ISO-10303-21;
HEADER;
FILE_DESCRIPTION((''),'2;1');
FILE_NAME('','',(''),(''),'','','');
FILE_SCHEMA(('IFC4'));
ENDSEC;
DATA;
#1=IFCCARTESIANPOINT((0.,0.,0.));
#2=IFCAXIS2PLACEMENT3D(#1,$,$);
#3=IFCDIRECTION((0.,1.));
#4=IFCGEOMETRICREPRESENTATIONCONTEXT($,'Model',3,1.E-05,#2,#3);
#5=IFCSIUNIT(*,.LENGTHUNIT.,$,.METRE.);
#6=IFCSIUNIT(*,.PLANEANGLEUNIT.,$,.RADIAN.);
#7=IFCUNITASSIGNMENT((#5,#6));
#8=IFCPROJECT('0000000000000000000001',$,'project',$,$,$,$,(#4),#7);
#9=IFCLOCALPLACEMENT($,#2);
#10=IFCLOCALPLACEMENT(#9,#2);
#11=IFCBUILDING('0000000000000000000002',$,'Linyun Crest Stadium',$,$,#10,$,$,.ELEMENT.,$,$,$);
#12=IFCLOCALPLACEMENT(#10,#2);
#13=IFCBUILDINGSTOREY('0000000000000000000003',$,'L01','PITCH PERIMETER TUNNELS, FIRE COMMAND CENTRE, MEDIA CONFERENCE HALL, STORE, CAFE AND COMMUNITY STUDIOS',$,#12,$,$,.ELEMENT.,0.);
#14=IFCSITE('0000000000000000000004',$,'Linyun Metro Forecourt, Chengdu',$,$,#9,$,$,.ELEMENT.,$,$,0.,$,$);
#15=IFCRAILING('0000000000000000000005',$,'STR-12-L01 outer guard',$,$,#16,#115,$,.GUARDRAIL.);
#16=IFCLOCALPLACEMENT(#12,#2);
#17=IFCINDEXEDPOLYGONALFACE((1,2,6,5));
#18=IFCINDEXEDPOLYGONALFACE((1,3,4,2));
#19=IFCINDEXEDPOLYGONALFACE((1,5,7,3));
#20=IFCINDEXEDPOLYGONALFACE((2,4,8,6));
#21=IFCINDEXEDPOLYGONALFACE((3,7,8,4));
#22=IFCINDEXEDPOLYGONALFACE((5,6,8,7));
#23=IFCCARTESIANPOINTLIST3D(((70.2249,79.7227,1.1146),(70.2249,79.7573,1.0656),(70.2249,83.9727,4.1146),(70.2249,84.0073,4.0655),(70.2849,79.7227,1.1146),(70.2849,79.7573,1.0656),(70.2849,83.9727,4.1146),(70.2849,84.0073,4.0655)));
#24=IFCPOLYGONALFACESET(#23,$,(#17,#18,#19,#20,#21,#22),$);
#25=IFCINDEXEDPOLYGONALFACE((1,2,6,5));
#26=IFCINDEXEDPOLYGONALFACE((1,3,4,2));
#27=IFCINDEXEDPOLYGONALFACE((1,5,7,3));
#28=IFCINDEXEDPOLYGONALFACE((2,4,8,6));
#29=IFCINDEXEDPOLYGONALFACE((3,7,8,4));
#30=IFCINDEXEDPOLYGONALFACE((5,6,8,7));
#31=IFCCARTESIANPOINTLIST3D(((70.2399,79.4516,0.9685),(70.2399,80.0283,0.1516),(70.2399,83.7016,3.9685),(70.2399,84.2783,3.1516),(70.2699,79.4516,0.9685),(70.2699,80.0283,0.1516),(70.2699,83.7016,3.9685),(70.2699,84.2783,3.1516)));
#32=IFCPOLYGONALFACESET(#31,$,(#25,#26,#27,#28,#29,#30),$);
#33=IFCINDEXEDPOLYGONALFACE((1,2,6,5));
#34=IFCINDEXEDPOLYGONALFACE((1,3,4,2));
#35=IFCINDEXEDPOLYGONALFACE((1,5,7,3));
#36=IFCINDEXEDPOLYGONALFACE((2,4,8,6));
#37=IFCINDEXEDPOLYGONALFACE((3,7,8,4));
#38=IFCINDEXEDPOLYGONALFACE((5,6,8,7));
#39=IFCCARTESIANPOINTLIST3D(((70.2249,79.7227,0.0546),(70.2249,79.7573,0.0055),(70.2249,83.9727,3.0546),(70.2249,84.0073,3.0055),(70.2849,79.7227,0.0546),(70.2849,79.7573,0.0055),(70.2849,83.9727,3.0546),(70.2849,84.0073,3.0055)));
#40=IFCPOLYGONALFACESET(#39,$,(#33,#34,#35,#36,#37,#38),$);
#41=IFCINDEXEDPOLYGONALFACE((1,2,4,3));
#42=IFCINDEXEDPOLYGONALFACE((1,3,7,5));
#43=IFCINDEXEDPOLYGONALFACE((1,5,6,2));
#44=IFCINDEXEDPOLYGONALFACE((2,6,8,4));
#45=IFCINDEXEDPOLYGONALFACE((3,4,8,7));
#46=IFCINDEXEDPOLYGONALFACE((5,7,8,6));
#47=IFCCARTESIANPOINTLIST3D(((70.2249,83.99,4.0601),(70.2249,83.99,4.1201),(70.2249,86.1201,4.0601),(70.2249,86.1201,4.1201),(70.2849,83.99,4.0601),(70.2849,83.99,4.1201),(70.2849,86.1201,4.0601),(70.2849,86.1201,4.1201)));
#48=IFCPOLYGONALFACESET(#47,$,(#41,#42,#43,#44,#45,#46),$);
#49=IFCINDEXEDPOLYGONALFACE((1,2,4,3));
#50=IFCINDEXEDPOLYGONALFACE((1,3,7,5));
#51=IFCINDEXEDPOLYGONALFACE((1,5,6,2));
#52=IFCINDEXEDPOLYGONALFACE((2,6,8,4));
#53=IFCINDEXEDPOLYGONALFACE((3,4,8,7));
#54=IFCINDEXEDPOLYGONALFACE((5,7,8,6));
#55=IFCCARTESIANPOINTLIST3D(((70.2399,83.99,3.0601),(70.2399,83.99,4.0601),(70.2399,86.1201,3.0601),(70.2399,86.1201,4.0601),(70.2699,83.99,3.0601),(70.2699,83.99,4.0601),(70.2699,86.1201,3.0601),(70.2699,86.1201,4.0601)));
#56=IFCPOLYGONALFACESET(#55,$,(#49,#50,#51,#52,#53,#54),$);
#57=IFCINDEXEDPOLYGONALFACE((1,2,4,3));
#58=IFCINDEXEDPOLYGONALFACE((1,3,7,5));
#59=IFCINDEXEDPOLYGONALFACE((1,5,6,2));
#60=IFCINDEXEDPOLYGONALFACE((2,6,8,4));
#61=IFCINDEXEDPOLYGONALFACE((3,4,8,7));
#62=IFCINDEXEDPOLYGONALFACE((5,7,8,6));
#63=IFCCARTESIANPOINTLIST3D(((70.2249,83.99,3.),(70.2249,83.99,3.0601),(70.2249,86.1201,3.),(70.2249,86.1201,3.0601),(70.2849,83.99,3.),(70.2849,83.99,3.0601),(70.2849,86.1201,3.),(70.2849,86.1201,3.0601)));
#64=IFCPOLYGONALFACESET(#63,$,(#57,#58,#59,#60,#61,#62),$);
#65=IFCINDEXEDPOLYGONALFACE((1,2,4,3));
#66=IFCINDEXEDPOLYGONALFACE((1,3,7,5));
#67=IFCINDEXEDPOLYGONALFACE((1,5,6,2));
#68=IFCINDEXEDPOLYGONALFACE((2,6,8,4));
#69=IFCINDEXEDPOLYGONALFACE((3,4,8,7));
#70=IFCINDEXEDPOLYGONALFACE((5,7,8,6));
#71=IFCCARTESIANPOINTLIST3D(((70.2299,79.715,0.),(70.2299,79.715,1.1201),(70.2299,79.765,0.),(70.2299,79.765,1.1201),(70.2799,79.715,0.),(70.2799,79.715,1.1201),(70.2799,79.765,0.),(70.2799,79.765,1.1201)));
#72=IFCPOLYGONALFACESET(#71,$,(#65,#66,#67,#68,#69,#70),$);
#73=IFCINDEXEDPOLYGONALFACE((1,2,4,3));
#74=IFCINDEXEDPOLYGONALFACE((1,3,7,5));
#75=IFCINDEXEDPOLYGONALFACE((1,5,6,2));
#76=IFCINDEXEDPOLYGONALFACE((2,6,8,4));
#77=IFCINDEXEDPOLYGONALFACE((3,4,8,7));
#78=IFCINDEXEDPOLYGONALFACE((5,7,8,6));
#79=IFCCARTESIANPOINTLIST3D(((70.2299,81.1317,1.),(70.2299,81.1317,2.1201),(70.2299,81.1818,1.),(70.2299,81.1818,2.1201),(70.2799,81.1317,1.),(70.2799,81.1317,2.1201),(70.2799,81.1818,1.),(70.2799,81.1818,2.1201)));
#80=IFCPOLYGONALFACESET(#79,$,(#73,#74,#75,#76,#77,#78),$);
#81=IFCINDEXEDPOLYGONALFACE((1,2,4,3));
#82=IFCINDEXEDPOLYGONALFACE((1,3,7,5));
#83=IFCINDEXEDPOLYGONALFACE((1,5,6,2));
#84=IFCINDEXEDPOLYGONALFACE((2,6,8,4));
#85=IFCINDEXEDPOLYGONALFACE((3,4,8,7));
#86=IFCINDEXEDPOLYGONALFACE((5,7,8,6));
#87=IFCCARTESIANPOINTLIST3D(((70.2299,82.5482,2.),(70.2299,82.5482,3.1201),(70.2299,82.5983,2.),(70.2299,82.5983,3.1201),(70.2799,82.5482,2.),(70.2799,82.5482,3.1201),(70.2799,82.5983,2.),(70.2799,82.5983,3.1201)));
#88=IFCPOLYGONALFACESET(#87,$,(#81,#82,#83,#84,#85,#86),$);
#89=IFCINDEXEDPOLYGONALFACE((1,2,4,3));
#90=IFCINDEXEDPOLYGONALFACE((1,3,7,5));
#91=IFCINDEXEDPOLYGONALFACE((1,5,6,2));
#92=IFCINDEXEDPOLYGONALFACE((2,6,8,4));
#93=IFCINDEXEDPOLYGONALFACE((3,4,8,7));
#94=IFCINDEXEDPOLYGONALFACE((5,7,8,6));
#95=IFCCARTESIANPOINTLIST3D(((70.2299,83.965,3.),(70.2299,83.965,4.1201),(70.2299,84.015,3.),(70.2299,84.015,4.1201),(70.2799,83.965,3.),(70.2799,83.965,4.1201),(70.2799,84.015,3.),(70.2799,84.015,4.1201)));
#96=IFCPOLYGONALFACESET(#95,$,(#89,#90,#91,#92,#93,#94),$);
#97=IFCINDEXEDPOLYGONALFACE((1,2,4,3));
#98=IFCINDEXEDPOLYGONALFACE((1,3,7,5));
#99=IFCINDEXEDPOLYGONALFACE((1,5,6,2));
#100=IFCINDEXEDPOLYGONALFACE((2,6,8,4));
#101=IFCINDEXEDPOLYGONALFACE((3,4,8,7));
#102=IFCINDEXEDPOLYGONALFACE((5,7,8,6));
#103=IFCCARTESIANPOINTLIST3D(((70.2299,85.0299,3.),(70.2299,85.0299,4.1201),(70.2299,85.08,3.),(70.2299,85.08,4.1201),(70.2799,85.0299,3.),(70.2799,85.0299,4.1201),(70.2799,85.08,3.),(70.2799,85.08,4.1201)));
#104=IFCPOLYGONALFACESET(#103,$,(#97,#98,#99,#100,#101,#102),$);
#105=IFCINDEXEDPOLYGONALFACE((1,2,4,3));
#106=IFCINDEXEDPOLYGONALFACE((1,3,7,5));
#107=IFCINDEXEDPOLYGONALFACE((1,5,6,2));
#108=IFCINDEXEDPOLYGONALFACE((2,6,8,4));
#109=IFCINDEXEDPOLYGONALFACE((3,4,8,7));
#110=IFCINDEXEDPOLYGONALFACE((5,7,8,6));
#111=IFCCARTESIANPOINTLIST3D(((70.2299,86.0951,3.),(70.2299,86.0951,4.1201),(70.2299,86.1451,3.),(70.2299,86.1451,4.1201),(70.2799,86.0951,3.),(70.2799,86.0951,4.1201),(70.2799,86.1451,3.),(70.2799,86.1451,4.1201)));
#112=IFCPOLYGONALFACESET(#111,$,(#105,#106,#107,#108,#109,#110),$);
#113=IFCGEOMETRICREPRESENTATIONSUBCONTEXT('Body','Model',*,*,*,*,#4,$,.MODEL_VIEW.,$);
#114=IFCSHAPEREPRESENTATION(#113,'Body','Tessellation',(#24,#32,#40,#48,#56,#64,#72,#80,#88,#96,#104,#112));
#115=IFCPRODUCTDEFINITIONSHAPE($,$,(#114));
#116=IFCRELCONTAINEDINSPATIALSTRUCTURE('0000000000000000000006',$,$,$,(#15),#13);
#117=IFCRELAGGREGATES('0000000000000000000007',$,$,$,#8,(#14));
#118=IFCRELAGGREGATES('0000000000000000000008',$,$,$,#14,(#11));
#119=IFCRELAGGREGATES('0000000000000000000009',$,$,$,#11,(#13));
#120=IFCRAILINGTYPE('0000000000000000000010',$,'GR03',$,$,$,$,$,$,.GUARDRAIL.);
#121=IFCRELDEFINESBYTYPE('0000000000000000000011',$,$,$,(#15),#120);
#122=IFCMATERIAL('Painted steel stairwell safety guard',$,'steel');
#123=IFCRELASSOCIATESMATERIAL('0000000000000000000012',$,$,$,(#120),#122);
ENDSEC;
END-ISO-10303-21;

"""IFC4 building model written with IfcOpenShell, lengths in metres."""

from ifc_helpers import new_model, si_unit, direction, frame, origin, origin_2d, place, context, subcontext, project, spatial, rectangle, extrude, material, type_object, element, save


model = new_model("IFC4")

# Units and contexts
model_context = context("Model", 3, precision=1e-05, world=origin(), true_north=direction((0.0, 1.0)))
body_context = subcontext(model_context, "Body", "Model", "MODEL_VIEW")
ifc_project = project(units=[si_unit("LENGTHUNIT", "METRE"), si_unit("PLANEANGLEUNIT", "RADIAN")], contexts=[model_context])

# Site, building, storey
site_placement = place(None, origin())
site = spatial("IfcSite", under=ifc_project, at=site_placement, Name="Linyun Metro Forecourt, Chengdu", CompositionType="ELEMENT", RefElevation=0.0)
building_placement = place(site_placement, origin())
building = spatial("IfcBuilding", under=site, at=building_placement, Name="Linyun Crest Stadium", CompositionType="ELEMENT")
storey_placement = place(building_placement, origin())
storey = spatial("IfcBuildingStorey", under=building, at=storey_placement, Name="L01", Description="PITCH PERIMETER TUNNELS, FIRE COMMAND CENTRE, MEDIA CONFERENCE HALL, STORE, CAFE AND COMMUNITY STUDIOS", CompositionType="ELEMENT", Elevation=0.0)

# Railing
ifc_material_1 = material(Name="Painted steel stairwell safety guard", Category="steel")
railing_type_1 = type_object("IfcRailingType", Name="GR03", PredefinedType="GUARDRAIL", material=ifc_material_1)
railing_1_placement = place(storey_placement, frame((70.2549, 79.74, 0.0)))
element("IfcRailing", 1, at=railing_1_placement, inside=storey, type_object=railing_type_1, Name="STR-12-L01 outer guard", PredefinedType="GUARDRAIL", context=body_context, shape_type="SweptSolid", body=[
    extrude(rectangle(XDim=0.0601, YDim=0.0601, at=origin_2d()), frame((0.0, 0.0, 1.0901), z_axis=(0.0, 0.816968, 0.576683), x_axis=(-1.0, 0.0, 0.0)), (0.0, 0.0, 1.0), 5.2021),
    extrude(rectangle(XDim=0.03, YDim=1.0, at=origin_2d()), frame((0.0, 0.0, 0.5601), z_axis=(0.0, 0.816968, 0.576683), x_axis=(-1.0, 0.0, 0.0)), (0.0, 0.0, 1.0), 5.2021),
    extrude(rectangle(XDim=0.0601, YDim=0.0601, at=origin_2d()), frame((0.0, 0.0, 0.03), z_axis=(0.0, 0.816968, 0.576683), x_axis=(-1.0, 0.0, 0.0)), (0.0, 0.0, 1.0), 5.2021),
    extrude(rectangle(XDim=0.0601, YDim=0.0601, at=origin_2d()), frame((0.0, 4.25, 4.0901), z_axis=(0.0, 1.0, 0.0), x_axis=(-1.0, 0.0, 0.0)), (0.0, 0.0, 1.0), 2.1301),
    extrude(rectangle(XDim=0.03, YDim=1.0, at=origin_2d()), frame((0.0, 4.25, 3.5601), z_axis=(0.0, 1.0, 0.0), x_axis=(-1.0, 0.0, 0.0)), (0.0, 0.0, 1.0), 2.1301),
    extrude(rectangle(XDim=0.0601, YDim=0.0601, at=origin_2d()), frame((0.0, 4.25, 3.03), z_axis=(0.0, 1.0, 0.0), x_axis=(-1.0, 0.0, 0.0)), (0.0, 0.0, 1.0), 2.1301),
    extrude(rectangle(XDim=0.05, YDim=0.05, at=origin_2d()), origin(), (0.0, 0.0, 1.0), 1.1201),
    extrude(rectangle(XDim=0.05, YDim=0.05, at=origin_2d()), frame((0.0, 1.4167, 1.0)), (0.0, 0.0, 1.0), 1.1201),
    extrude(rectangle(XDim=0.05, YDim=0.05, at=origin_2d()), frame((0.0, 2.8333, 2.0)), (0.0, 0.0, 1.0), 1.1201),
    extrude(rectangle(XDim=0.05, YDim=0.05, at=origin_2d()), frame((0.0, 4.25, 3.0)), (0.0, 0.0, 1.0), 1.1201),
    extrude(rectangle(XDim=0.05, YDim=0.05, at=origin_2d()), frame((0.0, 5.3149, 3.0)), (0.0, 0.0, 1.0), 1.1201),
    extrude(rectangle(XDim=0.05, YDim=0.05, at=origin_2d()), frame((0.0, 6.3801, 3.0)), (0.0, 0.0, 1.0), 1.1201),
])

save(model, "model.ifc")
